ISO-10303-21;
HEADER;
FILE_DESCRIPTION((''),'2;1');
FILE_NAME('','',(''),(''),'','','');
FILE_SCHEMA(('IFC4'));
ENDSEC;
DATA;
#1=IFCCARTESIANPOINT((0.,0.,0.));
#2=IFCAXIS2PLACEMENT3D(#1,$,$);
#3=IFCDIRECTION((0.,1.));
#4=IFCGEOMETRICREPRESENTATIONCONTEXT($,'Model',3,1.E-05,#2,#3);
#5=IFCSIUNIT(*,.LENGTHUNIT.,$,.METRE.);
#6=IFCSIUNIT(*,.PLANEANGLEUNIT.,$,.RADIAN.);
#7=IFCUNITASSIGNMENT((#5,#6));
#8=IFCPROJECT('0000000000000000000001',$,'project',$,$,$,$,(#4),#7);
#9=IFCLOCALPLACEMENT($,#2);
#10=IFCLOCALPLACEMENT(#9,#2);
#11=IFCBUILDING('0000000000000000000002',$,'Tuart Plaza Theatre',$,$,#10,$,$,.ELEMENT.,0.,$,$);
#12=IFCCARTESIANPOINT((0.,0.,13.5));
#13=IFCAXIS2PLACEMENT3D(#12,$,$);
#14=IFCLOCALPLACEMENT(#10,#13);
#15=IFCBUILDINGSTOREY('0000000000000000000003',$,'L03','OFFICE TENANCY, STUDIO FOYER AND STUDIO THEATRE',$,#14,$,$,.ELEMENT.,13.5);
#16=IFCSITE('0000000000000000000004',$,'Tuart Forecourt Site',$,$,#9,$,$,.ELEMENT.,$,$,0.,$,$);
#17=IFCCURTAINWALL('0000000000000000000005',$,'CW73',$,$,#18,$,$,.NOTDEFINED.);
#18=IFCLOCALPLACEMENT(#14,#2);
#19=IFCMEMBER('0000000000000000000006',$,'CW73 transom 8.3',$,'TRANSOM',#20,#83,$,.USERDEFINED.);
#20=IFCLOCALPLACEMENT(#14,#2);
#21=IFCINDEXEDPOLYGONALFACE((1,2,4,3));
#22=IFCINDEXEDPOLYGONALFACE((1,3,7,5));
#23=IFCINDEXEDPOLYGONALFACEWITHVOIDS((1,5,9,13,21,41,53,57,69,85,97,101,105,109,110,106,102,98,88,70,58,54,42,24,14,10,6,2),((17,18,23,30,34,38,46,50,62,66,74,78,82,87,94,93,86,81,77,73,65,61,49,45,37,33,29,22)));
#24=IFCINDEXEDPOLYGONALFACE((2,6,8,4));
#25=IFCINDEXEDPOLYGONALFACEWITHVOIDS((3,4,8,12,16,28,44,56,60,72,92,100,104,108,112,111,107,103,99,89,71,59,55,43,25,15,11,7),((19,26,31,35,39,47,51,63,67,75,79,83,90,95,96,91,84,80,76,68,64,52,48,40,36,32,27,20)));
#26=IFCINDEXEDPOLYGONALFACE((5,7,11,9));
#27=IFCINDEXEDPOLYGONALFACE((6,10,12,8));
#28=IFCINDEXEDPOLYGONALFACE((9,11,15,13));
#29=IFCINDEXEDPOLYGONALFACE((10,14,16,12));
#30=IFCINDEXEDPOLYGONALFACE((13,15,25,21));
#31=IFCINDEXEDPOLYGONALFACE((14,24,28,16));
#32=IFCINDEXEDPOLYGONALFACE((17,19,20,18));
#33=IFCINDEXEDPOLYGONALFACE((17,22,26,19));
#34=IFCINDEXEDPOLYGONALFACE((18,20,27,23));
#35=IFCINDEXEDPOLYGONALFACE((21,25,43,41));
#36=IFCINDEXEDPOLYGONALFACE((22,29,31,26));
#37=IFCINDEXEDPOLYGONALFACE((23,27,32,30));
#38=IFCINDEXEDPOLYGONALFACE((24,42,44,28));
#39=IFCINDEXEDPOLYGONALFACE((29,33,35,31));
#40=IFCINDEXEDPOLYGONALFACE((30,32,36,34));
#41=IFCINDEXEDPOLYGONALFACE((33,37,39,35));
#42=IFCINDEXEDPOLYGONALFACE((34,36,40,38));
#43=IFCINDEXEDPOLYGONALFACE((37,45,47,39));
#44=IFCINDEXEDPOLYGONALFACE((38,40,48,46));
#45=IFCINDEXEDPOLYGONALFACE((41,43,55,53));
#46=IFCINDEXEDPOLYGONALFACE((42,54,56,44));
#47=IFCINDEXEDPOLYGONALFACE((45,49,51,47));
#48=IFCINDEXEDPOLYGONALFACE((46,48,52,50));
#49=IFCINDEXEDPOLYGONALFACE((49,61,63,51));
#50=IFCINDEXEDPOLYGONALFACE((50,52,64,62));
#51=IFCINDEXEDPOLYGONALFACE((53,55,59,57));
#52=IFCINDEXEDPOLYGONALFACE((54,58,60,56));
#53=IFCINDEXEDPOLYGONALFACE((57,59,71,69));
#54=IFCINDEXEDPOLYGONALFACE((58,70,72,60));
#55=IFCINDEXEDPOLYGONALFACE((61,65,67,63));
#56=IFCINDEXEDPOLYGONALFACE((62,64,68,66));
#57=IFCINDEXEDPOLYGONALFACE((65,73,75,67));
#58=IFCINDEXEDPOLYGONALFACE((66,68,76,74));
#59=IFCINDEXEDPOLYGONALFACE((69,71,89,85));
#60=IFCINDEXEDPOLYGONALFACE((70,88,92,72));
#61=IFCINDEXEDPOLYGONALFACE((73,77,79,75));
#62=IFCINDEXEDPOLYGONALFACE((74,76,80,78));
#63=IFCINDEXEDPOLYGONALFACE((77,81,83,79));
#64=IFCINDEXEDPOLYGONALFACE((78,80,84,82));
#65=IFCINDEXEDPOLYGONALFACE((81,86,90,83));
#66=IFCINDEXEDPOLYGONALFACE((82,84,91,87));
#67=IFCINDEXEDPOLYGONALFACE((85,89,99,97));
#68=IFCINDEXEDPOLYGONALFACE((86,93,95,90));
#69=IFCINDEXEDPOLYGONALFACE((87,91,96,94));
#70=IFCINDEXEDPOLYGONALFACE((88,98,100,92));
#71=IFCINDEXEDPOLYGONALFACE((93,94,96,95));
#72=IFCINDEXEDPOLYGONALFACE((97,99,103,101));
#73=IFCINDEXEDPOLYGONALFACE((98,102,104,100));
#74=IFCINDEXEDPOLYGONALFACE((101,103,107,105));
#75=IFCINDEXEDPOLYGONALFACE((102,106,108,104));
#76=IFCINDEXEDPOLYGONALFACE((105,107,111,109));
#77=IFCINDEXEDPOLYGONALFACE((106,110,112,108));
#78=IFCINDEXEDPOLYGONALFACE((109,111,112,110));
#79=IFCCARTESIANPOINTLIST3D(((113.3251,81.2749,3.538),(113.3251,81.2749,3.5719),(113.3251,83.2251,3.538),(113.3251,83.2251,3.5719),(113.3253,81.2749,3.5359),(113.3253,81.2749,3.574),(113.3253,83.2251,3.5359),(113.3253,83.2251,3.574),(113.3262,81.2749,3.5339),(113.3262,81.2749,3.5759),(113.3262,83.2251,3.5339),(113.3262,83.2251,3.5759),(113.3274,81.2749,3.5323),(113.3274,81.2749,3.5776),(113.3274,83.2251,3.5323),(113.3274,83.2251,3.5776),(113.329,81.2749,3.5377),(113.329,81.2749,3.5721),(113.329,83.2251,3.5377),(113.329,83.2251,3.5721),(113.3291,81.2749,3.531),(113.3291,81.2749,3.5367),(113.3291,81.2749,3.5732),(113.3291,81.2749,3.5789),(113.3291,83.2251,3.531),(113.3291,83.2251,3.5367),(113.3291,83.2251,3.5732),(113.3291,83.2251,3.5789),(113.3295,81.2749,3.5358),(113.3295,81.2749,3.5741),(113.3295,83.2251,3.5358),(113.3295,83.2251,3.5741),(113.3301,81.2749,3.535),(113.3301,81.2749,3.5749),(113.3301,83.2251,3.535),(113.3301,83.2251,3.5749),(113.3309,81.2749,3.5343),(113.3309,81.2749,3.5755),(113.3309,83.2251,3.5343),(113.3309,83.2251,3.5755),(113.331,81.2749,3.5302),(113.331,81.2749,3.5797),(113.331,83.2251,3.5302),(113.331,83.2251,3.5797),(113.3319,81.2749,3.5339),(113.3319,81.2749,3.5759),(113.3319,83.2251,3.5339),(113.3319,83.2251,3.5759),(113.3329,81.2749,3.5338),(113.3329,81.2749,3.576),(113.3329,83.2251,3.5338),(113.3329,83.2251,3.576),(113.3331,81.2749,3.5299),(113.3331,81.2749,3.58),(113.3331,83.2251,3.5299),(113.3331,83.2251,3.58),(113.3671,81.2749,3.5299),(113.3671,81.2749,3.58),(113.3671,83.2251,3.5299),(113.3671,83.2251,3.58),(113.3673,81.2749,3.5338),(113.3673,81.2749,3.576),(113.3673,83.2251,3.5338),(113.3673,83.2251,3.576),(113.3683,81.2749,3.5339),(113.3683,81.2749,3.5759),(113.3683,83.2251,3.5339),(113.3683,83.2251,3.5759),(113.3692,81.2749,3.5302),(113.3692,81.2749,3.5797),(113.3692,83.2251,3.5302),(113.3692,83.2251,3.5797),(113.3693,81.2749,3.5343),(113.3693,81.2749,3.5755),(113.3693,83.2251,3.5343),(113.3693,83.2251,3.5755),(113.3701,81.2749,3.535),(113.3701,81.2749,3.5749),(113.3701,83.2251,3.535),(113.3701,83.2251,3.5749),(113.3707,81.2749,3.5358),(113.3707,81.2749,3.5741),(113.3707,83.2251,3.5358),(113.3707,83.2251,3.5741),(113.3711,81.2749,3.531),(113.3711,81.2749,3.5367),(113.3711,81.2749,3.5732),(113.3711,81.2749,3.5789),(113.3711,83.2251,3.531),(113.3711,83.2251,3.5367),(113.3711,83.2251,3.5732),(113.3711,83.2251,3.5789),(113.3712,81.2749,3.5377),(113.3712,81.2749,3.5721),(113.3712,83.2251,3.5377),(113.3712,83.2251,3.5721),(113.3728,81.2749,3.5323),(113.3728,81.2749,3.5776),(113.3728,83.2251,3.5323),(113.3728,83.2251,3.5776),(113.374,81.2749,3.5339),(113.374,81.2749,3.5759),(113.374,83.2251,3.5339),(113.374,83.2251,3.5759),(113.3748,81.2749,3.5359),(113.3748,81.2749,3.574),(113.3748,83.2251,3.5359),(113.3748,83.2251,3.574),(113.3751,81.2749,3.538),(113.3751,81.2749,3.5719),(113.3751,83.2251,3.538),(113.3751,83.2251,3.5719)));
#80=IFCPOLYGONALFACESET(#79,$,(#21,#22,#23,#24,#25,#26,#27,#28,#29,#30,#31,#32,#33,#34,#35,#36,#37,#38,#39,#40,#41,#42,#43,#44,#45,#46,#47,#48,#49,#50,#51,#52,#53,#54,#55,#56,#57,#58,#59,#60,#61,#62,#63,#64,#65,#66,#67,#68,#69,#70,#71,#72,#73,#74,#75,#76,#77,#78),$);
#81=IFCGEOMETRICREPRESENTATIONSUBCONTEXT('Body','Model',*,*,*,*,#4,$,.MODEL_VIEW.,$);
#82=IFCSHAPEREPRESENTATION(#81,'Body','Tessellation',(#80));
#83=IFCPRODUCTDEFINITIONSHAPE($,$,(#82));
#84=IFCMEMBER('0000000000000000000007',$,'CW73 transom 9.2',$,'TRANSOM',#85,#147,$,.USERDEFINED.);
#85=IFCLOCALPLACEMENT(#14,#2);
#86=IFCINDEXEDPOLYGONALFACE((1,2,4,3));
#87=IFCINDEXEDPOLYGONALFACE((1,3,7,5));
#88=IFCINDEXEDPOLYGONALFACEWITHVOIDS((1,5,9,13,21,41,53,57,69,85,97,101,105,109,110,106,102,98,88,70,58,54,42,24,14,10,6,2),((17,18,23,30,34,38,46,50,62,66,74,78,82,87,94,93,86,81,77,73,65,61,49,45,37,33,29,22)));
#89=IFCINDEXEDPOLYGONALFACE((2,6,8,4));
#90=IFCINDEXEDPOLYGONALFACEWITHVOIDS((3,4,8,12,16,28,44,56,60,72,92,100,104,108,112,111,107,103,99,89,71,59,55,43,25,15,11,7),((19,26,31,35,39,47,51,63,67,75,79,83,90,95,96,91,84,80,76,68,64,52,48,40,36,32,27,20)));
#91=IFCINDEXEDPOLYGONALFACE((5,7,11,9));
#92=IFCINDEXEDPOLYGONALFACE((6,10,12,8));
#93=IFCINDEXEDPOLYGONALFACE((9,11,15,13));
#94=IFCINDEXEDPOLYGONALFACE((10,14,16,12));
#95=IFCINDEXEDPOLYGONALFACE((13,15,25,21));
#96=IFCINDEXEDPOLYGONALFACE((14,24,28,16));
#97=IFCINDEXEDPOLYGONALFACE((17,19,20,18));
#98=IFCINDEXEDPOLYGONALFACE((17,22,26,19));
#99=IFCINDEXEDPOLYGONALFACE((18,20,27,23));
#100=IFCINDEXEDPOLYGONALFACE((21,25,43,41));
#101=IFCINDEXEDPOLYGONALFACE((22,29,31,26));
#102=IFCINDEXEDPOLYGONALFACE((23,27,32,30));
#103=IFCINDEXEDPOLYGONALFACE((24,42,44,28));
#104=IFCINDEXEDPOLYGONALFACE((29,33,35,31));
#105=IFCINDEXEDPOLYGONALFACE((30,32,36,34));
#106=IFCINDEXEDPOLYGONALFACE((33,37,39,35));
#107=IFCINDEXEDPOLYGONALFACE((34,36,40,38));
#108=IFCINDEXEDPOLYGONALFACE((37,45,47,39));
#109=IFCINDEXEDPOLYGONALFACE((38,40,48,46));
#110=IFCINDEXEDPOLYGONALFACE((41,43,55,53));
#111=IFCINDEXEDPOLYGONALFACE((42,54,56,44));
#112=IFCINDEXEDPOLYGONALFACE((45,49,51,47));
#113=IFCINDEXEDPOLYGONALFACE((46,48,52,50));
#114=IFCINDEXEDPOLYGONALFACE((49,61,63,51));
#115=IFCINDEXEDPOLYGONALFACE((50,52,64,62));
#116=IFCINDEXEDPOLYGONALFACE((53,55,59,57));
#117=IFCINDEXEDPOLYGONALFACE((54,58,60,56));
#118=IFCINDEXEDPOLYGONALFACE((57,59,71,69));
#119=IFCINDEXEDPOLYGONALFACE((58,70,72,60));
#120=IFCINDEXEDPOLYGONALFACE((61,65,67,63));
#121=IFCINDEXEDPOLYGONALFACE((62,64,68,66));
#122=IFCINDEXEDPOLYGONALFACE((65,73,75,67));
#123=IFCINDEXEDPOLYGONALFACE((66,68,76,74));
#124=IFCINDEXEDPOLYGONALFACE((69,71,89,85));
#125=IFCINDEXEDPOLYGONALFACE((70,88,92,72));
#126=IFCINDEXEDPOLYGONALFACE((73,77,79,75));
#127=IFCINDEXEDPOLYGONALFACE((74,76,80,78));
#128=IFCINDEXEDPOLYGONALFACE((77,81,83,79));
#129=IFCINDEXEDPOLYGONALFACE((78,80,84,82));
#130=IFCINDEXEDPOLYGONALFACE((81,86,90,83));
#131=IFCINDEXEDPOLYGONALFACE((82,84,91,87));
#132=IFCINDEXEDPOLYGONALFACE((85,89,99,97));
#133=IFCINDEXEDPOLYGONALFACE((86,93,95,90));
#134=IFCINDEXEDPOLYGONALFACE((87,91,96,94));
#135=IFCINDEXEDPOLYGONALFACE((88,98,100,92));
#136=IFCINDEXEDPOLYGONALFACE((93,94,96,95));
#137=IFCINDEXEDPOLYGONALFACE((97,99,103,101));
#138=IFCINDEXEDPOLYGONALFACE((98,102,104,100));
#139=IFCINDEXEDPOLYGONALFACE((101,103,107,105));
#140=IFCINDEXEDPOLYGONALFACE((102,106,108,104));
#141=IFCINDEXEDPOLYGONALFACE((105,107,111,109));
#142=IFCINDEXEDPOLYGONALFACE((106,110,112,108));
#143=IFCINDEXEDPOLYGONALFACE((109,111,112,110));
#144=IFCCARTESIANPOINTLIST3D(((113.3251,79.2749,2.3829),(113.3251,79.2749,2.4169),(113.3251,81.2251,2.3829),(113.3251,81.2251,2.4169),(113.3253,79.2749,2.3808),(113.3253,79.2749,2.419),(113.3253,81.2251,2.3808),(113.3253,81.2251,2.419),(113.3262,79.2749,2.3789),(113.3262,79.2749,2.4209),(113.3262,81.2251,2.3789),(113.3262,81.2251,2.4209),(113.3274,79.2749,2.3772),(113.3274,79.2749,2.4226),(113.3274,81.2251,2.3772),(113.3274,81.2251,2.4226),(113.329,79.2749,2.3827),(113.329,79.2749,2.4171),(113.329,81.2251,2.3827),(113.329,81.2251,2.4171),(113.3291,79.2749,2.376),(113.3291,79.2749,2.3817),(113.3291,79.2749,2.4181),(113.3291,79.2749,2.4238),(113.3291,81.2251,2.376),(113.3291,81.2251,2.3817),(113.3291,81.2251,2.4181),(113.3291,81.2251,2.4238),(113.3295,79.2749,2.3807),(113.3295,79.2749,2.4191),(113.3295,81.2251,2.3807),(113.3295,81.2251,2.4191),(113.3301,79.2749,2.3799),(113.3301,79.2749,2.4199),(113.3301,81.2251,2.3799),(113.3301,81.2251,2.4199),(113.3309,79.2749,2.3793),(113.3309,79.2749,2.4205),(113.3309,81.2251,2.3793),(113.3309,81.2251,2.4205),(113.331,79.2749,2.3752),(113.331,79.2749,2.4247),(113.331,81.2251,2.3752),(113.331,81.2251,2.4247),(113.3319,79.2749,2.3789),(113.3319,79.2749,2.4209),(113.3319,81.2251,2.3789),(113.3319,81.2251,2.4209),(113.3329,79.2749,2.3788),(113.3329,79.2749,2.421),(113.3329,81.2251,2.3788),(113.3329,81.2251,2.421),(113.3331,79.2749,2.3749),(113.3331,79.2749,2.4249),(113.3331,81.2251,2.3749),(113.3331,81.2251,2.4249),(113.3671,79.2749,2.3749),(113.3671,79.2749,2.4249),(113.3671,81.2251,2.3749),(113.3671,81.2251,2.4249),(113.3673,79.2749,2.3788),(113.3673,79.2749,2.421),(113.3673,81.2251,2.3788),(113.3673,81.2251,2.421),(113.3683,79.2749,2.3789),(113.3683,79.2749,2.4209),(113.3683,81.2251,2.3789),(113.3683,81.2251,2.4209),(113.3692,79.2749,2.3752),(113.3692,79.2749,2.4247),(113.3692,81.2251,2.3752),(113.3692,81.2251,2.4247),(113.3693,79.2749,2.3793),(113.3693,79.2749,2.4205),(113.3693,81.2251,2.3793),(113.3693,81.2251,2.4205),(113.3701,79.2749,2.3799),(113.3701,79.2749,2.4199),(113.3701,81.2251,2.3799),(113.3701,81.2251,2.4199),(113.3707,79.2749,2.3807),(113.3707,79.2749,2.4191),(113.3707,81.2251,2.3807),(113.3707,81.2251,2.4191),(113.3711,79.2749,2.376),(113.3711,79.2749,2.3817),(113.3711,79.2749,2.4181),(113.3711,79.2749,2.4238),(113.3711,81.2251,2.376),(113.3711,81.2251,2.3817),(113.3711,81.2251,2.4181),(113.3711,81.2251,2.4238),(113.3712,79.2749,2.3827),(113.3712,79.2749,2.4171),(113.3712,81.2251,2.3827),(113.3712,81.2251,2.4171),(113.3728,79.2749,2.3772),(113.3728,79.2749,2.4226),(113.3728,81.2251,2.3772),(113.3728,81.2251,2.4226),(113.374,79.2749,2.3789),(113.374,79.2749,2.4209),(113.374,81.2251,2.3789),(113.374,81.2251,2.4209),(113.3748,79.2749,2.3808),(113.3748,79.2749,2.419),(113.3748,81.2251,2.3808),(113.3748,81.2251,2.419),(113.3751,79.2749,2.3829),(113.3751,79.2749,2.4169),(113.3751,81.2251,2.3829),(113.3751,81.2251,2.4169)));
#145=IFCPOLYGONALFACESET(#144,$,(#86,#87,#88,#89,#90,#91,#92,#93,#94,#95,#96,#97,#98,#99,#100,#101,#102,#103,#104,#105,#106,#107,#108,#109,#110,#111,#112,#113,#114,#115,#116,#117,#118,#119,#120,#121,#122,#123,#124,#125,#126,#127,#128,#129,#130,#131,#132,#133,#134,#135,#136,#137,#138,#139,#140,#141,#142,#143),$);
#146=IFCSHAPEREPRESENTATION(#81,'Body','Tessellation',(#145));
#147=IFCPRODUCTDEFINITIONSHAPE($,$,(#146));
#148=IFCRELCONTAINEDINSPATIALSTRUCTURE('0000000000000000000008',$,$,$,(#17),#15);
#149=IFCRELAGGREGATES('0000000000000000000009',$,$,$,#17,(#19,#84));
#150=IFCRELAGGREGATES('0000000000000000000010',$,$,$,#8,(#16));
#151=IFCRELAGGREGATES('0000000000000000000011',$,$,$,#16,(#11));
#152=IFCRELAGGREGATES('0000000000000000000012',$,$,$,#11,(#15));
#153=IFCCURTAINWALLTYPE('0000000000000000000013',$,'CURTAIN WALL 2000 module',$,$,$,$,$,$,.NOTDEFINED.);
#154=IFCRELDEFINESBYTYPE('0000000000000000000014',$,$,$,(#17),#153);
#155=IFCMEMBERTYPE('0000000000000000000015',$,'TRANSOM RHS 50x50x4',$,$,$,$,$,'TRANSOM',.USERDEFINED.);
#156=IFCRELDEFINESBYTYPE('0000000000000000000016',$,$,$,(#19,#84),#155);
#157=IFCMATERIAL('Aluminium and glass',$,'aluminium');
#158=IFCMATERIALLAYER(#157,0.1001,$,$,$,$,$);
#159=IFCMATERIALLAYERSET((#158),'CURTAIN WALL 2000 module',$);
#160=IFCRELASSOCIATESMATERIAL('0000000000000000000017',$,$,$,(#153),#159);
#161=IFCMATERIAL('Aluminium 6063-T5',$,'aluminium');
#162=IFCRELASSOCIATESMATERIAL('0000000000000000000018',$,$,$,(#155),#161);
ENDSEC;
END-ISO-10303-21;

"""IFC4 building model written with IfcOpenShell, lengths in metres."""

from ifc_helpers import new_model, si_unit, direction, frame, origin, origin_2d, place, context, subcontext, project, spatial, hollow_rectangle, extrude, material, layer, layer_set, material_profile, profile_set, type_object, element, aggregate, save


model = new_model("IFC4")

# Units and contexts
model_context = context("Model", 3, precision=1e-05, world=origin(), true_north=direction((0.0, 1.0)))
body_context = subcontext(model_context, "Body", "Model", "MODEL_VIEW")
ifc_project = project(units=[si_unit("LENGTHUNIT", "METRE"), si_unit("PLANEANGLEUNIT", "RADIAN")], contexts=[model_context])

# Site, building, storey
site_placement = place(None, origin())
site = spatial("IfcSite", under=ifc_project, at=site_placement, Name="Tuart Forecourt Site", CompositionType="ELEMENT", RefElevation=0.0)
building_placement = place(site_placement, origin())
building = spatial("IfcBuilding", under=site, at=building_placement, Name="Tuart Plaza Theatre", CompositionType="ELEMENT", ElevationOfRefHeight=0.0)
storey_placement = place(building_placement, frame((0.0, 0.0, 13.5)))
storey = spatial("IfcBuildingStorey", under=building, at=storey_placement, Name="L03", Description="OFFICE TENANCY, STUDIO FOYER AND STUDIO THEATRE", CompositionType="ELEMENT", Elevation=13.5)

# Curtain wall, members
ifc_material_1 = material(Name="Aluminium and glass", Category="aluminium")
ifc_layer_1 = layer(ifc_material_1, 0.1001)
ifc_layer_set_1 = layer_set([ifc_layer_1], Name="CURTAIN WALL 2000 module")
curtain_wall_type = type_object("IfcCurtainWallType", Name="CURTAIN WALL 2000 module", PredefinedType="NOTDEFINED", material=ifc_layer_set_1)
curtain_wall_placement = place(storey_placement, origin())
curtain_wall = element("IfcCurtainWall", 1, at=curtain_wall_placement, inside=storey, type_object=curtain_wall_type, Name="CW73", PredefinedType="NOTDEFINED")
ifc_material_2 = material(Name="Aluminium 6063-T5", Category="aluminium")
ifc_material_profile_1 = material_profile(ifc_material_2, hollow_rectangle(XDim=0.05, YDim=0.05, WallThickness=0.0039, InnerFilletRadius=0.0039, OuterFilletRadius=0.0081, at=origin_2d()), Name="RHS 50x50x4")
ifc_profile_set_1 = profile_set([ifc_material_profile_1], Name="Aluminium 6063-T5")
member_type_1 = type_object("IfcMemberType", Name="TRANSOM RHS 50x50x4", ElementType="TRANSOM", PredefinedType="USERDEFINED", material=ifc_profile_set_1)
member_1_placement = place(storey_placement, frame((113.3501, 83.2251, 3.5549), z_axis=(0.0, -1.0, 0.0), x_axis=(1.0, 0.0, 0.0)))
member_1 = element("IfcMember", 2, at=member_1_placement, type_object=member_type_1, Name="CW73 transom 8.3", ObjectType="TRANSOM", PredefinedType="USERDEFINED", context=body_context, shape_type="SweptSolid", body=[
    extrude(hollow_rectangle(XDim=0.05, YDim=0.05, WallThickness=0.0039, InnerFilletRadius=0.0039, OuterFilletRadius=0.0081, at=origin_2d()), origin(), (0.0, 0.0, 1.0), 1.9502),
])
member_2_placement = place(storey_placement, frame((113.3501, 81.2251, 2.3999), z_axis=(0.0, -1.0, 0.0), x_axis=(1.0, 0.0, 0.0)))
member_2 = element("IfcMember", 3, at=member_2_placement, type_object=member_type_1, Name="CW73 transom 9.2", ObjectType="TRANSOM", PredefinedType="USERDEFINED", context=body_context, shape_type="SweptSolid", body=[
    extrude(hollow_rectangle(XDim=0.05, YDim=0.05, WallThickness=0.0039, InnerFilletRadius=0.0039, OuterFilletRadius=0.0081, at=origin_2d()), origin(), (0.0, 0.0, 1.0), 1.9502),
])
aggregate(curtain_wall, [member_1, member_2])

save(model, "model.ifc")
